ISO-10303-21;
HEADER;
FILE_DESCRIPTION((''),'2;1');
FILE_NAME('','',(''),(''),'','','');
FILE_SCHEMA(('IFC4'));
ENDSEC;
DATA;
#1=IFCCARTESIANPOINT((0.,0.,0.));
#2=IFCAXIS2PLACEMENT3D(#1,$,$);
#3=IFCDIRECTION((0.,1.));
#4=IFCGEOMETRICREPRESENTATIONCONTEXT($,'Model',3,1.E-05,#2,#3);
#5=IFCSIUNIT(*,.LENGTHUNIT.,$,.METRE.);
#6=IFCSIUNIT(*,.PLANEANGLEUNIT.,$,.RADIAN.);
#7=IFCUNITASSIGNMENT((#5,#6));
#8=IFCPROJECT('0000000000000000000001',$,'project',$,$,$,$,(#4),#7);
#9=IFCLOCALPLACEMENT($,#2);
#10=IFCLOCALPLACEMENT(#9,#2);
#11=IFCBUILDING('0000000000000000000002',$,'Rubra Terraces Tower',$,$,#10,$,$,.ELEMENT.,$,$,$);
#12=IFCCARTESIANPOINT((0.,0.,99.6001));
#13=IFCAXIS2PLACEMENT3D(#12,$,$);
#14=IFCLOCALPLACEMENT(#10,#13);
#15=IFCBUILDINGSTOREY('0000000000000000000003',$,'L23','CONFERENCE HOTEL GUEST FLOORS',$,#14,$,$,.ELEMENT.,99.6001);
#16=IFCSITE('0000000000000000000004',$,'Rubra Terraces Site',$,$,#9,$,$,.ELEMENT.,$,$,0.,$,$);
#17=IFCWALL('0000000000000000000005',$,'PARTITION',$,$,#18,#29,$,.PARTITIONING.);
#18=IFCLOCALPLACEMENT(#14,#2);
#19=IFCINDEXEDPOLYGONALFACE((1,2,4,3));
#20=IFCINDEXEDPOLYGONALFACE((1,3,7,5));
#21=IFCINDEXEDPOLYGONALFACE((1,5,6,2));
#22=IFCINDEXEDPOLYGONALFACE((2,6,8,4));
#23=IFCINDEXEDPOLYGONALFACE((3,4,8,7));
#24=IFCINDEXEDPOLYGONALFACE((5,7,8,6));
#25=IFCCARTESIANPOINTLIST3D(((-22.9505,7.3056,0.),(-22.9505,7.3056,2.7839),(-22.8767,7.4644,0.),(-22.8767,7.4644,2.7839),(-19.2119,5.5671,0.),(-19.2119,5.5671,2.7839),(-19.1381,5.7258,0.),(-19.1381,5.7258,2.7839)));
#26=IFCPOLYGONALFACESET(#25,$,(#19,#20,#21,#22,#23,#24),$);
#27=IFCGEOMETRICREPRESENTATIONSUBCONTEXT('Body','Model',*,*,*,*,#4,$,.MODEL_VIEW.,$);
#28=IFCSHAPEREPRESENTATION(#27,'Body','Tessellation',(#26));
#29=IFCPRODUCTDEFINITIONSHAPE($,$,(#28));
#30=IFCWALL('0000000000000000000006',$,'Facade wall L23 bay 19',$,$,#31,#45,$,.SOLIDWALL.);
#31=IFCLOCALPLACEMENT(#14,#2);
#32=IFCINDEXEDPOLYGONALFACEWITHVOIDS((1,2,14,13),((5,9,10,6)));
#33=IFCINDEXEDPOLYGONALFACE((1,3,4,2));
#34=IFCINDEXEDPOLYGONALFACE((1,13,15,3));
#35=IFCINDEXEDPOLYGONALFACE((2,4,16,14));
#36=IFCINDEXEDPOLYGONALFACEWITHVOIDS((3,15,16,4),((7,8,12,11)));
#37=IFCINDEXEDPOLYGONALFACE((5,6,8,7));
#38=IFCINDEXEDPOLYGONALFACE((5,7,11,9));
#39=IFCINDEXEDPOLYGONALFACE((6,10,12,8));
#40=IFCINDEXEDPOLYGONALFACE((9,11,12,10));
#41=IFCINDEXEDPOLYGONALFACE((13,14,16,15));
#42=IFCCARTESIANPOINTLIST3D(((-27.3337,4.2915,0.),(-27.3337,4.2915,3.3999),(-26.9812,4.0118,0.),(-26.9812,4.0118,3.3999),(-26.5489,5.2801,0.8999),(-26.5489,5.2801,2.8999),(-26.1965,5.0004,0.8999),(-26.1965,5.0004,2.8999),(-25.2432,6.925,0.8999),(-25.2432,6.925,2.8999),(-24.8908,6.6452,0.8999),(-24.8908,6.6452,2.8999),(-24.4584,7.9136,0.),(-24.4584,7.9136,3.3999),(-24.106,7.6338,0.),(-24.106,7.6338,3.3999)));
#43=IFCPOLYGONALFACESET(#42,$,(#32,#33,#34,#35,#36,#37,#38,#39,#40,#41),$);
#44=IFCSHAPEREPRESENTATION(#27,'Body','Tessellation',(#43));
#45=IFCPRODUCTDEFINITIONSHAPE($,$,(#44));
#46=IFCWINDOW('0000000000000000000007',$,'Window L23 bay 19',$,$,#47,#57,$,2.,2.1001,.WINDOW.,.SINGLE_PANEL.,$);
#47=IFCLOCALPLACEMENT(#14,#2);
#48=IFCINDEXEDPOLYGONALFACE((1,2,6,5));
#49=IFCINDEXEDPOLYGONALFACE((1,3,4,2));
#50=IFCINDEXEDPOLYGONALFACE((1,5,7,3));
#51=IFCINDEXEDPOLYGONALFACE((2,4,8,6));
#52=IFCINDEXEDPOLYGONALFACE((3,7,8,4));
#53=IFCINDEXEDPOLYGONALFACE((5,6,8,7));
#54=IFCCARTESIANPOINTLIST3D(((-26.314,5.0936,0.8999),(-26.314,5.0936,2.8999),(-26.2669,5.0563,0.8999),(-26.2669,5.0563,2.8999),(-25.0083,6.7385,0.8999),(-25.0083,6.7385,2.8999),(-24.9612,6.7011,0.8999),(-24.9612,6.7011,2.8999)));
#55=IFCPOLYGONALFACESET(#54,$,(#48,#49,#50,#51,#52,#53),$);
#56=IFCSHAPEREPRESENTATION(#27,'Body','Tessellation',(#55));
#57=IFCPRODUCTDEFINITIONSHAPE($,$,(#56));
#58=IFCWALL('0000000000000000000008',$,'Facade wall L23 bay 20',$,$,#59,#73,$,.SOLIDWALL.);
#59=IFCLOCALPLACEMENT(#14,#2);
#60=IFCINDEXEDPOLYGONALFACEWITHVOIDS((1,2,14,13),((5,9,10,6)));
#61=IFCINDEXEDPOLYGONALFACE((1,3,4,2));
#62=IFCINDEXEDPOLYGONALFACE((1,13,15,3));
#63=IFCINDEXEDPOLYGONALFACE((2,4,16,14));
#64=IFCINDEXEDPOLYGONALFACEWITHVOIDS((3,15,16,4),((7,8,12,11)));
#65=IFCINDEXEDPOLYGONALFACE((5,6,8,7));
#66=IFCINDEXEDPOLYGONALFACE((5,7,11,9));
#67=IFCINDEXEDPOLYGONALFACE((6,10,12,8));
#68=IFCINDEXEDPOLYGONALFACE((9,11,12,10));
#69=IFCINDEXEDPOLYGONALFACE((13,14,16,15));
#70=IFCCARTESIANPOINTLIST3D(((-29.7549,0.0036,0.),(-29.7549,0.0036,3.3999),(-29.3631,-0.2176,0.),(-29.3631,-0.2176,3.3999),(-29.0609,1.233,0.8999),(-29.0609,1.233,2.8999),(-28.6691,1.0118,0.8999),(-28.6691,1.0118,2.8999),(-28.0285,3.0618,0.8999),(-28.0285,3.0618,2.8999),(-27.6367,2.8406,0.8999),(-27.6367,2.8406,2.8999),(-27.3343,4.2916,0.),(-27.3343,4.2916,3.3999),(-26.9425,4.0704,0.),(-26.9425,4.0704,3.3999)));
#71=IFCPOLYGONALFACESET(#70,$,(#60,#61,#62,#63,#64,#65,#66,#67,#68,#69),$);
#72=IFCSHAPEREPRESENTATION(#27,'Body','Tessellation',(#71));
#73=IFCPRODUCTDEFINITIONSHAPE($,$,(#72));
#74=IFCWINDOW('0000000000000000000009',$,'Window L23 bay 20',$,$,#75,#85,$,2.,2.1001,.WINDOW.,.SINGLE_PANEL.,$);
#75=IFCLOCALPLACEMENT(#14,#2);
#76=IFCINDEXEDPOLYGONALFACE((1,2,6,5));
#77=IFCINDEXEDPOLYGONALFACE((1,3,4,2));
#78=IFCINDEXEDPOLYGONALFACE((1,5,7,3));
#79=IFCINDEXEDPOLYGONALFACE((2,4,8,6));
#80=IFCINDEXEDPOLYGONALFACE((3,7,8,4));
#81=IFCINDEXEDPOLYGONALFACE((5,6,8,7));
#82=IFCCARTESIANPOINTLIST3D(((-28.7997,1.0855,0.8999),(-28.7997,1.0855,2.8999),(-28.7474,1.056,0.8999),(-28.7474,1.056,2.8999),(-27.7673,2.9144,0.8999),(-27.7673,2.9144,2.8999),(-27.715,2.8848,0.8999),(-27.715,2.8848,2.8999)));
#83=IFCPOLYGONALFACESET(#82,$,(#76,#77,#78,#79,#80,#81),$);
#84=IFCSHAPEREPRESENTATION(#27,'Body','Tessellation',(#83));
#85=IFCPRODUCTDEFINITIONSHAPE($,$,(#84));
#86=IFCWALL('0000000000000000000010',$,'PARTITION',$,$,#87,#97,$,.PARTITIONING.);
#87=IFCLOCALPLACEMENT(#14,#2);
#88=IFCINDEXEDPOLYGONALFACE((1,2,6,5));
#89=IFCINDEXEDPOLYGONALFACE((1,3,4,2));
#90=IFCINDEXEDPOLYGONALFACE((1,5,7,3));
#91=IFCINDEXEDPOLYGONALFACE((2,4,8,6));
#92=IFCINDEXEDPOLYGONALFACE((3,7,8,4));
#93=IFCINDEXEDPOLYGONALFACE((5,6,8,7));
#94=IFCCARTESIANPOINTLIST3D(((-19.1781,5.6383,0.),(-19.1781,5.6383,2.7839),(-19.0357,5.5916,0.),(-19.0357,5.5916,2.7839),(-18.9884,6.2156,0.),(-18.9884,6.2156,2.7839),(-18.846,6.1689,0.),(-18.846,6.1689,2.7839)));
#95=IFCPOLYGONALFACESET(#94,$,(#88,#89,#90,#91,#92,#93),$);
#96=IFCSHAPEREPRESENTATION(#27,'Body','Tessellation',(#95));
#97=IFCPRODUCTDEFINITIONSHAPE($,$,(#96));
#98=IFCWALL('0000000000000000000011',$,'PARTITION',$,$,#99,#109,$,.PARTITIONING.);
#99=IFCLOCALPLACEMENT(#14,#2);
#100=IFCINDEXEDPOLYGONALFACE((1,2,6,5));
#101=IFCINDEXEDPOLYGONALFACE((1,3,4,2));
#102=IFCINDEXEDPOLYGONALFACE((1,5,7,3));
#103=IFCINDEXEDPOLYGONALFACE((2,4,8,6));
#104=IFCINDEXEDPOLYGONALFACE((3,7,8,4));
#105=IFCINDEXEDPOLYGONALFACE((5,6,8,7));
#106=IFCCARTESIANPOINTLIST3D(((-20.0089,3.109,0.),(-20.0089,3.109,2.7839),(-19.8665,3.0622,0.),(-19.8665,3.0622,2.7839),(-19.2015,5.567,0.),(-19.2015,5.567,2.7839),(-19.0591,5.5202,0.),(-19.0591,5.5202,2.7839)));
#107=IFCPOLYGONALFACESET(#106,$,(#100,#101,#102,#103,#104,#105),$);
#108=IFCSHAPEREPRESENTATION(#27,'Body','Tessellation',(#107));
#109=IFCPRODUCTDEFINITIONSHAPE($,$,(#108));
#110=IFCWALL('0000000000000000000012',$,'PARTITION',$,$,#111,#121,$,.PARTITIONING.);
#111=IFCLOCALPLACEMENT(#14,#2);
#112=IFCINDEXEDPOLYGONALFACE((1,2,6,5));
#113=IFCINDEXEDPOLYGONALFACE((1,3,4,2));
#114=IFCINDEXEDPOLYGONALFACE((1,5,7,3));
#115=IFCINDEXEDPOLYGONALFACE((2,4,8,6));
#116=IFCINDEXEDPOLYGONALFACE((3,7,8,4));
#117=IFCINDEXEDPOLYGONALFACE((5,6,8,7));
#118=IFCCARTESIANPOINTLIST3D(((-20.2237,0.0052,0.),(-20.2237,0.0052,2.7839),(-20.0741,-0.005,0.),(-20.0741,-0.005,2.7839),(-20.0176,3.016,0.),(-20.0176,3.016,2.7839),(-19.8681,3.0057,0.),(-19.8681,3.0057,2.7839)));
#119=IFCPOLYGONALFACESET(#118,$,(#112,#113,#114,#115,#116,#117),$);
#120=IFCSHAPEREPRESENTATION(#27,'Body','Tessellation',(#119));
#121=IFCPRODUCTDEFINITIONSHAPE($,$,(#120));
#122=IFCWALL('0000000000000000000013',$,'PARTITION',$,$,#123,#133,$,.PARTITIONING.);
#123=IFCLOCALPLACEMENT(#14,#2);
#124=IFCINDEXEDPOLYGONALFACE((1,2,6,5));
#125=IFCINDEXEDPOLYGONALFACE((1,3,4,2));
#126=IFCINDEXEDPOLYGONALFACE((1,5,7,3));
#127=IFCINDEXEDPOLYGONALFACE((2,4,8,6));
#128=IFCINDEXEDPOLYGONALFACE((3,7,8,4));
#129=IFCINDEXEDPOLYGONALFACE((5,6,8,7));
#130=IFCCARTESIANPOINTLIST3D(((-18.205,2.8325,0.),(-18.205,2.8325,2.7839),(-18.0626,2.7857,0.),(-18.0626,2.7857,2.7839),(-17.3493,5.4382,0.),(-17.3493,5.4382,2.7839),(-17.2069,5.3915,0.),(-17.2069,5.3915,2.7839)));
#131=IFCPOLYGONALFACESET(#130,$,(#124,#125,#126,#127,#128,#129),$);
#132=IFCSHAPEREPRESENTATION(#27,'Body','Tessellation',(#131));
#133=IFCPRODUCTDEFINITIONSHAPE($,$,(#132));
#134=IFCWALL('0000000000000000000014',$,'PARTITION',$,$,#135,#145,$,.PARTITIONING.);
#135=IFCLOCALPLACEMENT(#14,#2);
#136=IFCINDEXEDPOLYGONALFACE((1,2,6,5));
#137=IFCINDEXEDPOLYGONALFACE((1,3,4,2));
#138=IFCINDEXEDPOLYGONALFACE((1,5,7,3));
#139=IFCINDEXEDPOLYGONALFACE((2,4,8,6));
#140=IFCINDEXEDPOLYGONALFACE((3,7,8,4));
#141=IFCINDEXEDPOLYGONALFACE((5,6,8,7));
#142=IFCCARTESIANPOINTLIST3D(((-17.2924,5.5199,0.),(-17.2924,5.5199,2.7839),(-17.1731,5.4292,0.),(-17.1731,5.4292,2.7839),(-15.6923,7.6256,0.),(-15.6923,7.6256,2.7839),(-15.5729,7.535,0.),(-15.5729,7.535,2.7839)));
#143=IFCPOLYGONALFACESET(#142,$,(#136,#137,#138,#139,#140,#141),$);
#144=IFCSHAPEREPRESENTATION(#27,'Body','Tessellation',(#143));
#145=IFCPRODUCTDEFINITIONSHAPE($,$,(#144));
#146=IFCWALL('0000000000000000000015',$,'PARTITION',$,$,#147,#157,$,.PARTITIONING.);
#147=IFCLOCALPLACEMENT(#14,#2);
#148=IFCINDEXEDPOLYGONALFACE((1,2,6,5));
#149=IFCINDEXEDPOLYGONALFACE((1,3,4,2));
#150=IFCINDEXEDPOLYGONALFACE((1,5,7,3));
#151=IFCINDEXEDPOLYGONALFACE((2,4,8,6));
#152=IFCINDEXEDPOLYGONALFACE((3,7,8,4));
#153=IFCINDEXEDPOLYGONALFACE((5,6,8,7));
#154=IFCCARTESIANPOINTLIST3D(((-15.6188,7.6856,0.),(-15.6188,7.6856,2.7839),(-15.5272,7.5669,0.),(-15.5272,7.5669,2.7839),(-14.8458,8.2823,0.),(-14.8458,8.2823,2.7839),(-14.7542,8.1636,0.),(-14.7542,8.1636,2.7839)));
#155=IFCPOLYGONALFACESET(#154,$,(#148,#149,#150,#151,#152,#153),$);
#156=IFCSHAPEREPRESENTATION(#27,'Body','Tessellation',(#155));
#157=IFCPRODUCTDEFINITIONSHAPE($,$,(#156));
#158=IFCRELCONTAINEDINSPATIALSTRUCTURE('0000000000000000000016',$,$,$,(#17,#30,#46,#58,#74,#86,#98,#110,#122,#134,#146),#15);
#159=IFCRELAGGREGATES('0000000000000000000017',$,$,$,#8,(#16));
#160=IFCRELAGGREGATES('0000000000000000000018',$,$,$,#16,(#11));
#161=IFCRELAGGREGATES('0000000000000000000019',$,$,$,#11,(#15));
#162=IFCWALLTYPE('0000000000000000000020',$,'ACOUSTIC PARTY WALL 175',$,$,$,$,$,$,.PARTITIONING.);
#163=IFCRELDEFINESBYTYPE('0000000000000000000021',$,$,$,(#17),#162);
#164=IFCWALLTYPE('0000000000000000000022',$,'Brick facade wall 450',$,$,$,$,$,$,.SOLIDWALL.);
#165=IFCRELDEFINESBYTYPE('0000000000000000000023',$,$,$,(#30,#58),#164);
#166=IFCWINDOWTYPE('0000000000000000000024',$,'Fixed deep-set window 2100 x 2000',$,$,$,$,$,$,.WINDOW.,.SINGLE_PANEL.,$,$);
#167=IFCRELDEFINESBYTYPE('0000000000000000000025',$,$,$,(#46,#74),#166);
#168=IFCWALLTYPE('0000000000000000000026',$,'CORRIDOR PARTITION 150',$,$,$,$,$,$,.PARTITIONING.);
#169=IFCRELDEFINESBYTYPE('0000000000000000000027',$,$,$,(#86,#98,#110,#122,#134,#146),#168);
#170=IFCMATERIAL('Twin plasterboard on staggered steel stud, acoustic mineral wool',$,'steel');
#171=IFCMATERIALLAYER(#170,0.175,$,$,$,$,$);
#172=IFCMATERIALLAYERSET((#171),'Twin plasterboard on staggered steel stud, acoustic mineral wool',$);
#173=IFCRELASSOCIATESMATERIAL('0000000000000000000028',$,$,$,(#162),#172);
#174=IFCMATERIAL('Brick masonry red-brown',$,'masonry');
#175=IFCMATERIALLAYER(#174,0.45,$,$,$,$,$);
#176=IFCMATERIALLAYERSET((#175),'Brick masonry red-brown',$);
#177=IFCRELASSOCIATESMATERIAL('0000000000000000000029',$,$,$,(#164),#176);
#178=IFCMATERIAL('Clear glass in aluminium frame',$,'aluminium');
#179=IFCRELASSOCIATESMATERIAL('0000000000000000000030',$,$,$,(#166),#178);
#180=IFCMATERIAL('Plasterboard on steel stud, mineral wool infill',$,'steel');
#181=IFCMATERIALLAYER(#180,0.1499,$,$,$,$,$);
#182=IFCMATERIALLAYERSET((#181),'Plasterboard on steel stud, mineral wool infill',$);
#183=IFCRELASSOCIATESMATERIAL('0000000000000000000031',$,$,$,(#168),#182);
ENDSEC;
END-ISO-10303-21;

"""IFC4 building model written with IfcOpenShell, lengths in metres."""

from ifc_helpers import new_model, si_unit, direction, frame, frame_2d, origin, place, context, subcontext, project, spatial, rectangle, extrude, material, layer, layer_set, type_object, element, fill, save


model = new_model("IFC4")

# Units and contexts
model_context = context("Model", 3, precision=1e-05, world=origin(), true_north=direction((0.0, 1.0)))
body_context = subcontext(model_context, "Body", "Model", "MODEL_VIEW")
ifc_project = project(units=[si_unit("LENGTHUNIT", "METRE"), si_unit("PLANEANGLEUNIT", "RADIAN")], contexts=[model_context])

# Site, building, storey
site_placement = place(None, origin())
site = spatial("IfcSite", under=ifc_project, at=site_placement, Name="Rubra Terraces Site", CompositionType="ELEMENT", RefElevation=0.0)
building_placement = place(site_placement, origin())
building = spatial("IfcBuilding", under=site, at=building_placement, Name="Rubra Terraces Tower", CompositionType="ELEMENT")
storey_placement = place(building_placement, frame((0.0, 0.0, 99.6001)))
storey = spatial("IfcBuildingStorey", under=building, at=storey_placement, Name="L23", Description="CONFERENCE HOTEL GUEST FLOORS", CompositionType="ELEMENT", Elevation=99.6001)

# Wall
ifc_material_1 = material(Name="Twin plasterboard on staggered steel stud, acoustic mineral wool", Category="steel")
ifc_layer_1 = layer(ifc_material_1, 0.175)
ifc_layer_set_1 = layer_set([ifc_layer_1], Name="Twin plasterboard on staggered steel stud, acoustic mineral wool")
wall_type_1 = type_object("IfcWallType", Name="ACOUSTIC PARTY WALL 175", PredefinedType="PARTITIONING", material=ifc_layer_set_1)
wall_1_placement = place(storey_placement, frame((-22.9136, 7.385, 0.0), z_axis=(0.0, 0.0, 1.0), x_axis=(0.906751, -0.421666, 0.0)))
element("IfcWall", 1, at=wall_1_placement, inside=storey, type_object=wall_type_1, Name="PARTITION", PredefinedType="PARTITIONING", context=body_context, shape_type="SweptSolid", body=[
    extrude(rectangle(XDim=4.123, YDim=0.175, at=frame_2d((2.0615, 0.0))), origin(), (0.0, 0.0, 1.0), 2.7839),
])

# Walls, openings, windows
ifc_material_2 = material(Name="Brick masonry red-brown", Category="masonry")
ifc_layer_2 = layer(ifc_material_2, 0.45)
ifc_layer_set_2 = layer_set([ifc_layer_2], Name="Brick masonry red-brown")
wall_type_2 = type_object("IfcWallType", Name="Brick facade wall 450", PredefinedType="SOLIDWALL", material=ifc_layer_set_2)
wall_2_placement = place(storey_placement, frame((-24.2822, 7.7737, 0.0), z_axis=(0.0, 0.0, 1.0), x_axis=(-0.621735, -0.783227, 0.0)))
wall_2 = element("IfcWall", 2, at=wall_2_placement, inside=storey, type_object=wall_type_2, Name="Facade wall L23 bay 19", PredefinedType="SOLIDWALL", context=body_context, shape_type="SweptSolid", body=[
    extrude(rectangle(XDim=4.6245, YDim=0.45, at=frame_2d((2.3123, 0.0))), origin(), (0.0, 0.0, 1.0), 3.3999),
])
opening_1_placement = place(wall_2_placement, frame((1.2622, 0.0, 0.8999)))
opening_1 = element("IfcOpeningElement", 3, at=opening_1_placement, cuts=wall_2, PredefinedType="OPENING", context=body_context, shape_type="SweptSolid", body=[
    extrude(rectangle(XDim=2.1001, YDim=2.0, at=frame_2d((1.05, 1.0))), frame((0.0, 0.2349, 0.0), z_axis=(0.0, -1.0, 0.0), x_axis=(1.0, 0.0, 0.0)), (0.0, 0.0, 1.0), 0.47),
])
ifc_material_3 = material(Name="Clear glass in aluminium frame", Category="aluminium")
window_type = type_object("IfcWindowType", Name="Fixed deep-set window 2100 x 2000", PartitioningType="SINGLE_PANEL", PredefinedType="WINDOW", material=ifc_material_3)
window_1_placement = place(opening_1_placement, origin())
window_1 = element("IfcWindow", 4, at=window_1_placement, inside=storey, type_object=window_type, Name="Window L23 bay 19", OverallHeight=2.0, OverallWidth=2.1001, PartitioningType="SINGLE_PANEL", PredefinedType="WINDOW", context=body_context, shape_type="SweptSolid", body=[
    extrude(rectangle(XDim=2.1001, YDim=2.0, at=frame_2d((1.05, 1.0))), frame((0.0, 0.135, 0.0), z_axis=(0.0, -1.0, 0.0), x_axis=(1.0, 0.0, 0.0)), (0.0, 0.0, 1.0), 0.0601),
])
fill(opening_1, window_1)
wall_3_placement = place(storey_placement, frame((-27.1384, 4.1809, 0.0), z_axis=(0.0, 0.0, 1.0), x_axis=(-0.491588, -0.870828, 0.0)))
wall_3 = element("IfcWall", 5, at=wall_3_placement, inside=storey, type_object=wall_type_2, Name="Facade wall L23 bay 20", PredefinedType="SOLIDWALL", context=body_context, shape_type="SweptSolid", body=[
    extrude(rectangle(XDim=4.9241, YDim=0.45, at=frame_2d((2.4619, 0.0))), origin(), (0.0, 0.0, 1.0), 3.3999),
])
opening_2_placement = place(wall_3_placement, frame((1.4121, 0.0, 0.8999)))
opening_2 = element("IfcOpeningElement", 6, at=opening_2_placement, cuts=wall_3, PredefinedType="OPENING", context=body_context, shape_type="SweptSolid", body=[
    extrude(rectangle(XDim=2.1001, YDim=2.0, at=frame_2d((1.05, 1.0))), frame((0.0, 0.2349, 0.0), z_axis=(0.0, -1.0, 0.0), x_axis=(1.0, 0.0, 0.0)), (0.0, 0.0, 1.0), 0.47),
])
window_2_placement = place(opening_2_placement, origin())
window_2 = element("IfcWindow", 7, at=window_2_placement, inside=storey, type_object=window_type, Name="Window L23 bay 20", OverallHeight=2.0, OverallWidth=2.1001, PartitioningType="SINGLE_PANEL", PredefinedType="WINDOW", context=body_context, shape_type="SweptSolid", body=[
    extrude(rectangle(XDim=2.1001, YDim=2.0, at=frame_2d((1.05, 1.0))), frame((0.0, 0.135, 0.0), z_axis=(0.0, -1.0, 0.0), x_axis=(1.0, 0.0, 0.0)), (0.0, 0.0, 1.0), 0.0601),
])
fill(opening_2, window_2)

# Walls
ifc_material_4 = material(Name="Plasterboard on steel stud, mineral wool infill", Category="steel")
ifc_layer_3 = layer(ifc_material_4, 0.1499)
ifc_layer_set_3 = layer_set([ifc_layer_3], Name="Plasterboard on steel stud, mineral wool infill")
wall_type_3 = type_object("IfcWallType", Name="CORRIDOR PARTITION 150", PredefinedType="PARTITIONING", material=ifc_layer_set_3)
wall_4_placement = place(storey_placement, frame((-18.9172, 6.1921, 0.0), z_axis=(0.0, 0.0, 1.0), x_axis=(-0.312127, -0.95004, 0.0)))
element("IfcWall", 8, at=wall_4_placement, inside=storey, type_object=wall_type_3, Name="PARTITION", PredefinedType="PARTITIONING", context=body_context, shape_type="SweptSolid", body=[
    extrude(rectangle(XDim=0.6077, YDim=0.1499, at=frame_2d((0.3037, 0.0))), origin(), (0.0, 0.0, 1.0), 2.7839),
])
wall_5_placement = place(storey_placement, frame((-19.1304, 5.5435, 0.0), z_axis=(0.0, 0.0, 1.0), x_axis=(-0.312063, -0.950061, 0.0)))
element("IfcWall", 9, at=wall_5_placement, inside=storey, type_object=wall_type_3, Name="PARTITION", PredefinedType="PARTITIONING", context=body_context, shape_type="SweptSolid", body=[
    extrude(rectangle(XDim=2.5872, YDim=0.1499, at=frame_2d((1.2935, 0.0))), origin(), (0.0, 0.0, 1.0), 2.7839),
])
wall_6_placement = place(storey_placement, frame((-19.9429, 3.0107, 0.0), z_axis=(0.0, 0.0, 1.0), x_axis=(-0.06828, -0.997666, 0.0)))
element("IfcWall", 10, at=wall_6_placement, inside=storey, type_object=wall_type_3, Name="PARTITION", PredefinedType="PARTITIONING", context=body_context, shape_type="SweptSolid", body=[
    extrude(rectangle(XDim=3.0178, YDim=0.1499, at=frame_2d((1.5088, 0.0))), origin(), (0.0, 0.0, 1.0), 2.7839),
])
wall_7_placement = place(storey_placement, frame((-18.1338, 2.8091, 0.0), z_axis=(0.0, 0.0, 1.0), x_axis=(0.312005, 0.95008, 0.0)))
element("IfcWall", 11, at=wall_7_placement, inside=storey, type_object=wall_type_3, Name="PARTITION", PredefinedType="PARTITIONING", context=body_context, shape_type="SweptSolid", body=[
    extrude(rectangle(XDim=2.7427, YDim=0.1499, at=frame_2d((1.3713, 0.0))), origin(), (0.0, 0.0, 1.0), 2.7839),
])
wall_8_placement = place(storey_placement, frame((-17.2327, 5.4746, 0.0), z_axis=(0.0, 0.0, 1.0), x_axis=(0.605025, 0.796207, 0.0)))
element("IfcWall", 12, at=wall_8_placement, inside=storey, type_object=wall_type_3, Name="PARTITION", PredefinedType="PARTITIONING", context=body_context, shape_type="SweptSolid", body=[
    extrude(rectangle(XDim=2.6448, YDim=0.1499, at=frame_2d((1.3223, 0.0))), origin(), (0.0, 0.0, 1.0), 2.7839),
])
wall_9_placement = place(storey_placement, frame((-15.573, 7.6262, 0.0), z_axis=(0.0, 0.0, 1.0), x_axis=(0.791582, 0.611063, 0.0)))
element("IfcWall", 13, at=wall_9_placement, inside=storey, type_object=wall_type_3, Name="PARTITION", PredefinedType="PARTITIONING", context=body_context, shape_type="SweptSolid", body=[
    extrude(rectangle(XDim=0.9766, YDim=0.1499, at=frame_2d((0.4883, 0.0))), origin(), (0.0, 0.0, 1.0), 2.7839),
])

save(model, "model.ifc")
